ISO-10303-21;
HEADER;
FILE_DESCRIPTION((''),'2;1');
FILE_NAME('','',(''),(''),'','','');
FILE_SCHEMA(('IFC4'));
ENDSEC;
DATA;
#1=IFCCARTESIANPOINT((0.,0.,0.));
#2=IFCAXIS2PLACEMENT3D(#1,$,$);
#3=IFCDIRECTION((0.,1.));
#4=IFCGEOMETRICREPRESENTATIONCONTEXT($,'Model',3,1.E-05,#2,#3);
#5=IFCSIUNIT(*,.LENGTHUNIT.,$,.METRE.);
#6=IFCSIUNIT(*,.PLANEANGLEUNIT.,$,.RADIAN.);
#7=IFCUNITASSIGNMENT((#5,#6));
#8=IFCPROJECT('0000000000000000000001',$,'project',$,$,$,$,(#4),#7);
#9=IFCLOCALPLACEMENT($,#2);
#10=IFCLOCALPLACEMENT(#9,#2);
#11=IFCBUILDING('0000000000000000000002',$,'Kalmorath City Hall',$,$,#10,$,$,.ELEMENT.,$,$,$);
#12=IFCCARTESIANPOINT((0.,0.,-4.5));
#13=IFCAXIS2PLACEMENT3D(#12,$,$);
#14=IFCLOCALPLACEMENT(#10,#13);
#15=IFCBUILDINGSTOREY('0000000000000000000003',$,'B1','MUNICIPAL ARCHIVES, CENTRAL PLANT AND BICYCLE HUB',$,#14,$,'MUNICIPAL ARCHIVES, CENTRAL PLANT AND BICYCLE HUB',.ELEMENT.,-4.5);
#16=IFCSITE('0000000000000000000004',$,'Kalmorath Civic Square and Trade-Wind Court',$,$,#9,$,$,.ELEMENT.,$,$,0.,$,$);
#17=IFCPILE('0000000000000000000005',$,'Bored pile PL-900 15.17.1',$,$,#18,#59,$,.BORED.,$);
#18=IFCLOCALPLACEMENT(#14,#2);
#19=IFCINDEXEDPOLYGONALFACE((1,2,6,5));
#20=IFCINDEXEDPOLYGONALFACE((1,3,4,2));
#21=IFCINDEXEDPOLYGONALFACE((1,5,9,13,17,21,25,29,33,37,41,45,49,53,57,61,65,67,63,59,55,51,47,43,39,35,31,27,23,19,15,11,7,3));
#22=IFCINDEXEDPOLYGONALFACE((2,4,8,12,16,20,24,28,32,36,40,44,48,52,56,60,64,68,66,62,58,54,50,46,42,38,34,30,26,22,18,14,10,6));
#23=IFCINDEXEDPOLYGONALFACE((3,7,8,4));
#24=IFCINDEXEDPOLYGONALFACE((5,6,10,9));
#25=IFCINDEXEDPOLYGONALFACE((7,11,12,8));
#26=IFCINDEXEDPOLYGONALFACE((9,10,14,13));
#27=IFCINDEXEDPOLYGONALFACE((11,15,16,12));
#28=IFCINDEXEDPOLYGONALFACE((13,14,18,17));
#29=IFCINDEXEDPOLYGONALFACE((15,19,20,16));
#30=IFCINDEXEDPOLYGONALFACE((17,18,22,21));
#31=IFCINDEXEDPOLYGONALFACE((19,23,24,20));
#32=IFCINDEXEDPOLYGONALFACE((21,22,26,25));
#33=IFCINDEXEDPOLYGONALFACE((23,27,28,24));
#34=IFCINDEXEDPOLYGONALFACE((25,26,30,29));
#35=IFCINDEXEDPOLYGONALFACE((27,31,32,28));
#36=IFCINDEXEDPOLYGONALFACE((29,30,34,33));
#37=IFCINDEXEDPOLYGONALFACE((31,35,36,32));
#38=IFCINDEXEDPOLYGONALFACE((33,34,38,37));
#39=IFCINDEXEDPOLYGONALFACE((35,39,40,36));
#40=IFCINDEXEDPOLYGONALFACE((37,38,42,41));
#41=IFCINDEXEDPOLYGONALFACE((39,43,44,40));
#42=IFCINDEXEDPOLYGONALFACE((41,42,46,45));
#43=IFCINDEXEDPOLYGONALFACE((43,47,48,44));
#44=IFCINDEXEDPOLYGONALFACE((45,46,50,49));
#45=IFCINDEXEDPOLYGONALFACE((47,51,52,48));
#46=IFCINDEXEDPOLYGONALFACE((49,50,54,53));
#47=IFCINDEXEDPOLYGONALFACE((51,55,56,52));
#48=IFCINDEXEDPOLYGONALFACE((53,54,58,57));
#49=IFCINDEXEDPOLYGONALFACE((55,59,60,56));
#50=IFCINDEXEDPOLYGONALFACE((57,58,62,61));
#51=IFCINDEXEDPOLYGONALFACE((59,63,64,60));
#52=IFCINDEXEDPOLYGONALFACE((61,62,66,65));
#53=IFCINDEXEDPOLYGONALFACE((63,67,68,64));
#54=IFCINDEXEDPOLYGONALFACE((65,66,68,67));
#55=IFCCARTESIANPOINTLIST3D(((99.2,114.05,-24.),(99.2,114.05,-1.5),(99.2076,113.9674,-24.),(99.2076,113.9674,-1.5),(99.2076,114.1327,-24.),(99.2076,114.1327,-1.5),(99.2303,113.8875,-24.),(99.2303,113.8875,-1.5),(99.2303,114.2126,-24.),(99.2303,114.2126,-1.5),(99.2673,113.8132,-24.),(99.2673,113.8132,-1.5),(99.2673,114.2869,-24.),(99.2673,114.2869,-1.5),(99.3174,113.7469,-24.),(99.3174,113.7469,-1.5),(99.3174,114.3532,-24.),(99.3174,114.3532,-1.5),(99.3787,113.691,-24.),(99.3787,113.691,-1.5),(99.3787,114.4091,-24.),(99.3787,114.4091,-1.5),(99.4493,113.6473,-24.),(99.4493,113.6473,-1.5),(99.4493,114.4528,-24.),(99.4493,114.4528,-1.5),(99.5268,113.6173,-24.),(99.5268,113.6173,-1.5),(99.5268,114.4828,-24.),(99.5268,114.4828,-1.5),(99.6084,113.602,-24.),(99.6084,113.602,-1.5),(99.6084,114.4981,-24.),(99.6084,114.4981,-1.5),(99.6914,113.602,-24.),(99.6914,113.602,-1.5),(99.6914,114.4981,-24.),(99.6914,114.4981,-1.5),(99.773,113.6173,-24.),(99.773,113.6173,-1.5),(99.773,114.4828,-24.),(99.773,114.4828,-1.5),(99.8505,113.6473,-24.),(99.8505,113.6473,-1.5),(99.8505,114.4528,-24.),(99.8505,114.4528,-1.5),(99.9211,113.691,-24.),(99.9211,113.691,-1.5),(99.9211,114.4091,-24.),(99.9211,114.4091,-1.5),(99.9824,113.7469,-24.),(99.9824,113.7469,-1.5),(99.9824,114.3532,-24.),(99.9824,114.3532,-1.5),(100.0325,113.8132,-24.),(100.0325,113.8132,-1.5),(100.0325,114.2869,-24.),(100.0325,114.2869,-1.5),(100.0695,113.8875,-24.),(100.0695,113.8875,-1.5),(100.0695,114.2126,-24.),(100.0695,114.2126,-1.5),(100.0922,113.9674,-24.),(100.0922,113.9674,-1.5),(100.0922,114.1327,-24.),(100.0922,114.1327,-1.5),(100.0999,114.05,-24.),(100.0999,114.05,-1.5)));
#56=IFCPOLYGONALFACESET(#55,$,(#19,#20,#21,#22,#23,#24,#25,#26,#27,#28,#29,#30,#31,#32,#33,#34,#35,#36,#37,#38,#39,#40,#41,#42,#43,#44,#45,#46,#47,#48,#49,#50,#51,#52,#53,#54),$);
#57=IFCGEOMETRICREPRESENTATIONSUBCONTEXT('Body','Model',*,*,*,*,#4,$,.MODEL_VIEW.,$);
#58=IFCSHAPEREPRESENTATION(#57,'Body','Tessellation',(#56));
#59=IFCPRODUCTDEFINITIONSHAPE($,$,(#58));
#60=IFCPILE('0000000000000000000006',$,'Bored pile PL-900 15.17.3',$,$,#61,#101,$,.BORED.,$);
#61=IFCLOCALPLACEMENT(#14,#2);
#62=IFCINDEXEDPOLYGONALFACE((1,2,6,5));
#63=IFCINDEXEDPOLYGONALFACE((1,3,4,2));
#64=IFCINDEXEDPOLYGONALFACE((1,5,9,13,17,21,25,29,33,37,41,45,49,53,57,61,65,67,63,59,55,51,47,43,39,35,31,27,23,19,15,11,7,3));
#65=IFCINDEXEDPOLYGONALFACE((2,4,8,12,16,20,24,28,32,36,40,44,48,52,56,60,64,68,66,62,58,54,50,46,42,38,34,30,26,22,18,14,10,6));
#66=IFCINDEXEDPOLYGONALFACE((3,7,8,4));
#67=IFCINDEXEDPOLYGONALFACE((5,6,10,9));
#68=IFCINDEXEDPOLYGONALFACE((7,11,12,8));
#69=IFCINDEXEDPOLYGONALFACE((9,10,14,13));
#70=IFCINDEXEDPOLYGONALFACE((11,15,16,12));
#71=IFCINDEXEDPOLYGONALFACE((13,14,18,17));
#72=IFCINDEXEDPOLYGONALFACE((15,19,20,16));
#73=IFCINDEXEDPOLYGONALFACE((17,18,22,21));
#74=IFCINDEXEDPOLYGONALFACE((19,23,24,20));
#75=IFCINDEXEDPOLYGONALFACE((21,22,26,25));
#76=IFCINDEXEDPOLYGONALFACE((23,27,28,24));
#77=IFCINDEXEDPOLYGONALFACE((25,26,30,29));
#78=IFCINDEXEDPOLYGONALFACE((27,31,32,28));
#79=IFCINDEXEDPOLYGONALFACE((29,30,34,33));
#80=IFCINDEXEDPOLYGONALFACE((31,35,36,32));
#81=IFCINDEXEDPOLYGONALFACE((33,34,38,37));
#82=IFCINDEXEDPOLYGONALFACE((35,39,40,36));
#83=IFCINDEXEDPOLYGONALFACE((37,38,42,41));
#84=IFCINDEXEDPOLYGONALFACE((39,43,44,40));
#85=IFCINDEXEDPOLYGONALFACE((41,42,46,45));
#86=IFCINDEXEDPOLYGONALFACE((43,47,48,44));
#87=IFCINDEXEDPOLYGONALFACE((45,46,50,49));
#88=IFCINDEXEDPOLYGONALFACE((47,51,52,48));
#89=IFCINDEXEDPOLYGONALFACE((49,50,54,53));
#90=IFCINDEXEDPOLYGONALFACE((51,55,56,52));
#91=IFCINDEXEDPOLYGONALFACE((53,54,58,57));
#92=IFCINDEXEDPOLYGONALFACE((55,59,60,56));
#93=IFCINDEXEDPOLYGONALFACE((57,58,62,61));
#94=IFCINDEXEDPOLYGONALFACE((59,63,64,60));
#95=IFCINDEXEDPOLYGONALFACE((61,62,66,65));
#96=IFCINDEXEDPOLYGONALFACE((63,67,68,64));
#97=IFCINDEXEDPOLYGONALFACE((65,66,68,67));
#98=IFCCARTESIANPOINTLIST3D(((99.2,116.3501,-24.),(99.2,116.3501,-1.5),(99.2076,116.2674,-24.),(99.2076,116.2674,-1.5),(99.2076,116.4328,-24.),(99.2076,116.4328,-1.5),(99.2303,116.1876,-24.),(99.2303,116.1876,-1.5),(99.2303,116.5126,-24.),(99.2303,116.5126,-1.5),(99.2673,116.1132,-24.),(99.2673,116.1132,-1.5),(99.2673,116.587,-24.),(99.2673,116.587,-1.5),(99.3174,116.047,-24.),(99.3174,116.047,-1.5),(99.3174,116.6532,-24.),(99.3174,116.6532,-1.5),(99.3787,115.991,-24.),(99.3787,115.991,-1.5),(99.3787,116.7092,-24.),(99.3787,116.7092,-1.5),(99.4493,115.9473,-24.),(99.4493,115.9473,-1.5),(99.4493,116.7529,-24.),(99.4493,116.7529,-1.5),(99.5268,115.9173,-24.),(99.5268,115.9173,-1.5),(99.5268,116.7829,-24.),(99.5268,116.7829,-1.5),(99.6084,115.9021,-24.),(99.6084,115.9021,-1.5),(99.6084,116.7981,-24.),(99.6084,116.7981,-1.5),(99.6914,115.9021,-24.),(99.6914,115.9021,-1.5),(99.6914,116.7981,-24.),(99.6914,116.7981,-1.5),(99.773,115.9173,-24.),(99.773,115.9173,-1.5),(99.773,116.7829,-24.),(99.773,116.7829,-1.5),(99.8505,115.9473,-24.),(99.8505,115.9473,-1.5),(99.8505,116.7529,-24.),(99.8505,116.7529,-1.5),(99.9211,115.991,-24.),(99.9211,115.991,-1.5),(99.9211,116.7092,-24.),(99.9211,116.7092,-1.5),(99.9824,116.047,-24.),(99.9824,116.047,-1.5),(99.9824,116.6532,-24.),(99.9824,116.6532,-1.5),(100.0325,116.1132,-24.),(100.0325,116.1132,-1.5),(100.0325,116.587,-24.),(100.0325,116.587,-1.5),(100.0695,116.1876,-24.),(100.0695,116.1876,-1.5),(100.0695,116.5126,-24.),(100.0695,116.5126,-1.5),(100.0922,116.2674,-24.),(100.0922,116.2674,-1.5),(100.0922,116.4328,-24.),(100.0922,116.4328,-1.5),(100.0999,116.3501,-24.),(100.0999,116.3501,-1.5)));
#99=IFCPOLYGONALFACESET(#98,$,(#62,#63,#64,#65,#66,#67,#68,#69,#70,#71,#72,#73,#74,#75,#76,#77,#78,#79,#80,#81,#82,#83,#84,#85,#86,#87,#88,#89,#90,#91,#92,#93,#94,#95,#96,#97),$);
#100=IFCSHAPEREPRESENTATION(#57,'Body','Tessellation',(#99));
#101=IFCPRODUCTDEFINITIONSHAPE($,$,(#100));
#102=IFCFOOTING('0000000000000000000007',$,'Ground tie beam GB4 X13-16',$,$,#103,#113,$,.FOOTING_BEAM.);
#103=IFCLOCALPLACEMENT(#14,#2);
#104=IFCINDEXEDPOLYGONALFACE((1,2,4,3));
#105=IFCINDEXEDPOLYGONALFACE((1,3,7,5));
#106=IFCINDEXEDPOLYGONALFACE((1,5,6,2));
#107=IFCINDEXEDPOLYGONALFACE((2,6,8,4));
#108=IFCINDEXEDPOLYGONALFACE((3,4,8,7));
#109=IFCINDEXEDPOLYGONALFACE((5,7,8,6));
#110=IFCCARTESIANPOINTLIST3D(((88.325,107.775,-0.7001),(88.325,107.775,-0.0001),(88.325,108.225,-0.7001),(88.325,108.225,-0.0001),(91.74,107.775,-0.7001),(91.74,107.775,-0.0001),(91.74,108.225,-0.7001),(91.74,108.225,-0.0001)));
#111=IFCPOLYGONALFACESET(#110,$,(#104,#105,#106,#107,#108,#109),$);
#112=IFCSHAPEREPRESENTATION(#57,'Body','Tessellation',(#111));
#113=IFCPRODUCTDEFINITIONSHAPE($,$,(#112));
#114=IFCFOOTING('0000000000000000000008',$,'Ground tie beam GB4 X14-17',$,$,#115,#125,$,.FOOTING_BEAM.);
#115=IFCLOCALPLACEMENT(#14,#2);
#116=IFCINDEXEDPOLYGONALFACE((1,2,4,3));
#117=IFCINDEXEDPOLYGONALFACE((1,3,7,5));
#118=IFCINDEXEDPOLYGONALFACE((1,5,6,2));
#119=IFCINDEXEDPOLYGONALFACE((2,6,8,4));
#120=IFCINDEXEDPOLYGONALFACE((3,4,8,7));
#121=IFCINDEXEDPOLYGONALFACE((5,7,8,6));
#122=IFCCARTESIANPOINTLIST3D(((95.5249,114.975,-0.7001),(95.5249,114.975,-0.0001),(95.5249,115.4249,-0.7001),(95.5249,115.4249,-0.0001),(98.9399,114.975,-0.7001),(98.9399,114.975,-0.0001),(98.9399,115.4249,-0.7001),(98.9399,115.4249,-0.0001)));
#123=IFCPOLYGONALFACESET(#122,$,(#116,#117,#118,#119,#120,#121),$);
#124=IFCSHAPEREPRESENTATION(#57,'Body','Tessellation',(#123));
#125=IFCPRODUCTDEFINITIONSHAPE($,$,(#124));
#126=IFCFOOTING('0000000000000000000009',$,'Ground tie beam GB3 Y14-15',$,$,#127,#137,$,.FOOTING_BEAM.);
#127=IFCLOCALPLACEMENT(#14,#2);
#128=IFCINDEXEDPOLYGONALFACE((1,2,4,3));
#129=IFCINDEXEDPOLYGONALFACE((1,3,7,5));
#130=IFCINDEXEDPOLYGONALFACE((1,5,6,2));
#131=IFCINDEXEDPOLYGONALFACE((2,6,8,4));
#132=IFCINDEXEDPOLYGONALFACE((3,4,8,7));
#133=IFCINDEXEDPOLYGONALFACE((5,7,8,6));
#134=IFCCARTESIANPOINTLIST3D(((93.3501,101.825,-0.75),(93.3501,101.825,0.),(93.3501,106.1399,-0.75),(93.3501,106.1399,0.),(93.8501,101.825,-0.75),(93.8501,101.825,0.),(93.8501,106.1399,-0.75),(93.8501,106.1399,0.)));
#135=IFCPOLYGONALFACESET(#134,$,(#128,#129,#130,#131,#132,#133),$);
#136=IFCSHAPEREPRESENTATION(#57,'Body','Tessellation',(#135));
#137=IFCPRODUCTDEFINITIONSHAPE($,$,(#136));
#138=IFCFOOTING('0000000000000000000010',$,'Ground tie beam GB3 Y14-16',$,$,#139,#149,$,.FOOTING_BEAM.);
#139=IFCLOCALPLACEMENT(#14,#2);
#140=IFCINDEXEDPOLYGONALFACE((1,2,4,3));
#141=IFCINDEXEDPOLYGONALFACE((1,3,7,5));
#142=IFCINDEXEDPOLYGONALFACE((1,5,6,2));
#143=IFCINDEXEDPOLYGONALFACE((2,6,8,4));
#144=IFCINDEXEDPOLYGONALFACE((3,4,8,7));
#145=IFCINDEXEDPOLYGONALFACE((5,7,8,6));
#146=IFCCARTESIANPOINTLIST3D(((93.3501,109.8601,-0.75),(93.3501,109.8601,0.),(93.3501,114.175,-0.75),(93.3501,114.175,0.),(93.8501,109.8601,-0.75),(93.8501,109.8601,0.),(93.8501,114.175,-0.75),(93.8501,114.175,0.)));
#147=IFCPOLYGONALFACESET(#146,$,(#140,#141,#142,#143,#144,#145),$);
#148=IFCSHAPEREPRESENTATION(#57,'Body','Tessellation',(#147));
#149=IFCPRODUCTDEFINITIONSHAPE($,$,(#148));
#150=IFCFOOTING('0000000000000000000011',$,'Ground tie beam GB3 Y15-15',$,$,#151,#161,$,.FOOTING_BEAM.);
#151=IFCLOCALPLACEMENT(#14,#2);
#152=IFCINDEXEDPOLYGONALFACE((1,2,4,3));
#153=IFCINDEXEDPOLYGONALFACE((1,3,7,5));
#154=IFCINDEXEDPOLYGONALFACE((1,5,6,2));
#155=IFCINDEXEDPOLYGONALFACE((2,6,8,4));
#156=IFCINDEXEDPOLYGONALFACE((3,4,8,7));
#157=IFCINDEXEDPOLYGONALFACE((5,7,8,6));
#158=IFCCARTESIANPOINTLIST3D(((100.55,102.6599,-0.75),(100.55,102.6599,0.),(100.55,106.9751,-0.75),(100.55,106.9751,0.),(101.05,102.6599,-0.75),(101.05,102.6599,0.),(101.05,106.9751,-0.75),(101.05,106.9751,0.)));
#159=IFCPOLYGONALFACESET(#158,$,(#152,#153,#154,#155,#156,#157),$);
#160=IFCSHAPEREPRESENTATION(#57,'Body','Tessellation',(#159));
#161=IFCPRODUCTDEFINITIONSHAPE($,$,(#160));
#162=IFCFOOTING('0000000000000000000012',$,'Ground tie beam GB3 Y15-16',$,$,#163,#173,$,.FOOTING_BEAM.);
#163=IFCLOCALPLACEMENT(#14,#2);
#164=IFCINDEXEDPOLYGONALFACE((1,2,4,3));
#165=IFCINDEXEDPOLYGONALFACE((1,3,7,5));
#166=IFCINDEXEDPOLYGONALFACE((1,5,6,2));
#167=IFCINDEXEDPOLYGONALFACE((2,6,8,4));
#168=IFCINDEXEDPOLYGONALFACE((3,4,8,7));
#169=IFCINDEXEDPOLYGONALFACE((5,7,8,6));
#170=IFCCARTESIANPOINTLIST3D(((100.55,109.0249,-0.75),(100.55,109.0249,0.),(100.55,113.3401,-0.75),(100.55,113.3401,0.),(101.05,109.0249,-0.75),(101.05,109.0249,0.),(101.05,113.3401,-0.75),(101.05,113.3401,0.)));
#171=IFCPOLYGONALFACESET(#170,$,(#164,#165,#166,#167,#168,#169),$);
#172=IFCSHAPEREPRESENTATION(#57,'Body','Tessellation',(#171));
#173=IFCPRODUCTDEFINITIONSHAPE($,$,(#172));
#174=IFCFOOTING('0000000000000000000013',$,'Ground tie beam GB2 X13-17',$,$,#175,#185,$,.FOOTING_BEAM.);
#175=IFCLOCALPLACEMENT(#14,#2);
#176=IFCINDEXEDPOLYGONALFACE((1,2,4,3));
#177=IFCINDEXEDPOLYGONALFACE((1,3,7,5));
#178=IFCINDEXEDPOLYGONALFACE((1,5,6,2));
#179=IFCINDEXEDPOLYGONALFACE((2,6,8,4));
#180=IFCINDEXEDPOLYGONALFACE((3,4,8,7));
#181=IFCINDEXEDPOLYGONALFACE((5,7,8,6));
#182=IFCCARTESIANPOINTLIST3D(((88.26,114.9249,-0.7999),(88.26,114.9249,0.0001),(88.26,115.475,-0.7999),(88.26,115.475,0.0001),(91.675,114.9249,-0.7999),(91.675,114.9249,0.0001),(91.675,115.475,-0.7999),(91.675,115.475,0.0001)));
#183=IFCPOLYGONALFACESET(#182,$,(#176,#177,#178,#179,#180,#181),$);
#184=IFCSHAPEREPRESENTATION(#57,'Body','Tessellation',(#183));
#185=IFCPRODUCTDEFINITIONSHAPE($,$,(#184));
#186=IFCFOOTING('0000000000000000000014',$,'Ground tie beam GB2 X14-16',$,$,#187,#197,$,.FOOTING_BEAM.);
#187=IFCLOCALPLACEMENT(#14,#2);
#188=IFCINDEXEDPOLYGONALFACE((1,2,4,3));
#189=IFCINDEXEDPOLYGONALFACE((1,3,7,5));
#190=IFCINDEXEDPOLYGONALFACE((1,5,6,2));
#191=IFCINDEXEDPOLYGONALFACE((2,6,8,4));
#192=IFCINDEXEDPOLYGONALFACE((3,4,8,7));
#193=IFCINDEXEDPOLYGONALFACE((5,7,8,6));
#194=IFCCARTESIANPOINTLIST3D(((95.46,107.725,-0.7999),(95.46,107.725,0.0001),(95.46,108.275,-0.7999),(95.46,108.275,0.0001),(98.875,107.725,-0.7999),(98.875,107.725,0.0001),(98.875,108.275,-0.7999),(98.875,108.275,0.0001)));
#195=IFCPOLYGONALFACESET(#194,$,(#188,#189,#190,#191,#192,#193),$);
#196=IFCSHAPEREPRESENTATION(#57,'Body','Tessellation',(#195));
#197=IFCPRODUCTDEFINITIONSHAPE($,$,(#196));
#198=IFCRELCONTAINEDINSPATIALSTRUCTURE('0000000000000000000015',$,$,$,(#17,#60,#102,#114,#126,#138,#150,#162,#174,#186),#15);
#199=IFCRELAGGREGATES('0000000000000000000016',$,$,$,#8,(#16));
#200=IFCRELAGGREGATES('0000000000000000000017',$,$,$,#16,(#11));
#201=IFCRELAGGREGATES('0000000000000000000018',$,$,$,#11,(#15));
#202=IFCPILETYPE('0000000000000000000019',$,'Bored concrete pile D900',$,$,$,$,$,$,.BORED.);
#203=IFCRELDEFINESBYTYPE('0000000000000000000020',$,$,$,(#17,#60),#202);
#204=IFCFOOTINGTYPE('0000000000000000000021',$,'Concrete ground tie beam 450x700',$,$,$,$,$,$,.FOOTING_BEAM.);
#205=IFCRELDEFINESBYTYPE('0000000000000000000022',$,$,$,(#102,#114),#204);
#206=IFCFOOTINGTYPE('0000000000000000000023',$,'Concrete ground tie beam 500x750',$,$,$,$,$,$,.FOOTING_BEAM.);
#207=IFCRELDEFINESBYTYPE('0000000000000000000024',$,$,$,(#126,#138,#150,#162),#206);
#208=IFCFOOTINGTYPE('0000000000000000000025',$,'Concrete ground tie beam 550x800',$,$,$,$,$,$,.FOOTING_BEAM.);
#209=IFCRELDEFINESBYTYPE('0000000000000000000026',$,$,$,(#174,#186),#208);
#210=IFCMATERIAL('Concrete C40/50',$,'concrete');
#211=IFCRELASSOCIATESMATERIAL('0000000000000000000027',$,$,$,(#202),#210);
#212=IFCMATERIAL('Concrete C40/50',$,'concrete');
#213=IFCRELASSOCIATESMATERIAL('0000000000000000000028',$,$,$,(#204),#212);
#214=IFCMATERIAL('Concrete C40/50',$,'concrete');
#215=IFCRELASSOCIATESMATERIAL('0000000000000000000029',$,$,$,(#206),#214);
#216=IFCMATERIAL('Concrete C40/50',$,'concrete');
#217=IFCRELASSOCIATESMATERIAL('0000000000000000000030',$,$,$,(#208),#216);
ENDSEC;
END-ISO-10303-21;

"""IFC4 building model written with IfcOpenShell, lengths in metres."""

from ifc_helpers import new_model, si_unit, direction, frame, origin, origin_2d, place, context, subcontext, project, spatial, rectangle, circle, extrude, material, material_profile, profile_set, type_object, element, save


model = new_model("IFC4")

# Units and contexts
model_context = context("Model", 3, precision=1e-05, world=origin(), true_north=direction((0.0, 1.0)))
body_context = subcontext(model_context, "Body", "Model", "MODEL_VIEW")
ifc_project = project(units=[si_unit("LENGTHUNIT", "METRE"), si_unit("PLANEANGLEUNIT", "RADIAN")], contexts=[model_context])

# Site, building, storey
site_placement = place(None, origin())
site = spatial("IfcSite", under=ifc_project, at=site_placement, Name="Kalmorath Civic Square and Trade-Wind Court", CompositionType="ELEMENT", RefElevation=0.0)
building_placement = place(site_placement, origin())
building = spatial("IfcBuilding", under=site, at=building_placement, Name="Kalmorath City Hall", CompositionType="ELEMENT")
storey_placement = place(building_placement, frame((0.0, 0.0, -4.5)))
storey = spatial("IfcBuildingStorey", under=building, at=storey_placement, Name="B1", Description="MUNICIPAL ARCHIVES, CENTRAL PLANT AND BICYCLE HUB", LongName="MUNICIPAL ARCHIVES, CENTRAL PLANT AND BICYCLE HUB", CompositionType="ELEMENT", Elevation=-4.5)

# Piles
ifc_material_1 = material(Name="Concrete C40/50", Category="concrete")
ifc_material_profile_1 = material_profile(ifc_material_1, circle(Radius=0.45, at=origin_2d()), Name="PILE-D900")
ifc_profile_set_1 = profile_set([ifc_material_profile_1], Name="Concrete C40/50")
pile_type = type_object("IfcPileType", Name="Bored concrete pile D900", PredefinedType="BORED", material=ifc_profile_set_1)
for number, where, z_axis, x_axis, name in (
    (1, (99.6499, 114.05, -1.5), (0.0, 0.0, -1.0), (1.0, 0.0, 0.0), "Bored pile PL-900 15.17.1"),
    (2, (99.6499, 116.3501, -1.5), (0.0, 0.0, -1.0), (1.0, 0.0, 0.0), "Bored pile PL-900 15.17.3"),
):
    element("IfcPile", number, at=place(storey_placement, frame(where, z_axis=z_axis, x_axis=x_axis)), inside=storey, type_object=pile_type, Name=name, PredefinedType="BORED", context=body_context, shape_type="SweptSolid", body=[
        extrude(circle(Radius=0.45, at=origin_2d()), origin(), (0.0, 0.0, 1.0), 22.5),
    ])

# Footings
ifc_material_2 = material(Name="Concrete C40/50", Category="concrete")
ifc_material_profile_2 = material_profile(ifc_material_2, rectangle(XDim=0.45, YDim=0.7, at=origin_2d()), Name="RC-BM-450X700")
ifc_profile_set_2 = profile_set([ifc_material_profile_2], Name="Concrete C40/50")
footing_type_1 = type_object("IfcFootingType", Name="Concrete ground tie beam 450x700", PredefinedType="FOOTING_BEAM", material=ifc_profile_set_2)
for number, where, z_axis, x_axis, name in (
    (3, (88.325, 108.0, -0.3501), (1.0, 0.0, 0.0), (0.0, 1.0, 0.0), "Ground tie beam GB4 X13-16"),
    (4, (95.5249, 115.2, -0.3501), (1.0, 0.0, 0.0), (0.0, 1.0, 0.0), "Ground tie beam GB4 X14-17"),
):
    element("IfcFooting", number, at=place(storey_placement, frame(where, z_axis=z_axis, x_axis=x_axis)), inside=storey, type_object=footing_type_1, Name=name, PredefinedType="FOOTING_BEAM", context=body_context, shape_type="SweptSolid", body=[
        extrude(rectangle(XDim=0.45, YDim=0.7, at=origin_2d()), origin(), (0.0, 0.0, 1.0), 3.415),
    ])
ifc_material_3 = material(Name="Concrete C40/50", Category="concrete")
ifc_material_profile_3 = material_profile(ifc_material_3, rectangle(XDim=0.5, YDim=0.75, at=origin_2d()), Name="RC-BM-500X750")
ifc_profile_set_3 = profile_set([ifc_material_profile_3], Name="Concrete C40/50")
footing_type_2 = type_object("IfcFootingType", Name="Concrete ground tie beam 500x750", PredefinedType="FOOTING_BEAM", material=ifc_profile_set_3)
for number, where, z_axis, x_axis, name in (
    (5, (93.6001, 101.825, -0.375), (0.0, 1.0, 0.0), (-1.0, 0.0, 0.0), "Ground tie beam GB3 Y14-15"),
    (6, (93.6001, 109.8601, -0.375), (0.0, 1.0, 0.0), (-1.0, 0.0, 0.0), "Ground tie beam GB3 Y14-16"),
):
    element("IfcFooting", number, at=place(storey_placement, frame(where, z_axis=z_axis, x_axis=x_axis)), inside=storey, type_object=footing_type_2, Name=name, PredefinedType="FOOTING_BEAM", context=body_context, shape_type="SweptSolid", body=[
        extrude(rectangle(XDim=0.5, YDim=0.75, at=origin_2d()), origin(), (0.0, 0.0, 1.0), 4.3149),
    ])
for number, where, z_axis, x_axis, name in (
    (7, (100.8, 102.6599, -0.375), (0.0, 1.0, 0.0), (-1.0, 0.0, 0.0), "Ground tie beam GB3 Y15-15"),
    (8, (100.8, 109.0249, -0.375), (0.0, 1.0, 0.0), (-1.0, 0.0, 0.0), "Ground tie beam GB3 Y15-16"),
):
    element("IfcFooting", number, at=place(storey_placement, frame(where, z_axis=z_axis, x_axis=x_axis)), inside=storey, type_object=footing_type_2, Name=name, PredefinedType="FOOTING_BEAM", context=body_context, shape_type="SweptSolid", body=[
        extrude(rectangle(XDim=0.5, YDim=0.75, at=origin_2d()), origin(), (0.0, 0.0, 1.0), 4.3152),
    ])
ifc_material_4 = material(Name="Concrete C40/50", Category="concrete")
ifc_material_profile_4 = material_profile(ifc_material_4, rectangle(XDim=0.55, YDim=0.8, at=origin_2d()), Name="RC-BM-550X800")
ifc_profile_set_4 = profile_set([ifc_material_profile_4], Name="Concrete C40/50")
footing_type_3 = type_object("IfcFootingType", Name="Concrete ground tie beam 550x800", PredefinedType="FOOTING_BEAM", material=ifc_profile_set_4)
for number, where, z_axis, x_axis, name in (
    (9, (88.26, 115.2, -0.3999), (1.0, 0.0, 0.0), (0.0, 1.0, 0.0), "Ground tie beam GB2 X13-17"),
    (10, (95.46, 108.0, -0.3999), (1.0, 0.0, 0.0), (0.0, 1.0, 0.0), "Ground tie beam GB2 X14-16"),
):
    element("IfcFooting", number, at=place(storey_placement, frame(where, z_axis=z_axis, x_axis=x_axis)), inside=storey, type_object=footing_type_3, Name=name, PredefinedType="FOOTING_BEAM", context=body_context, shape_type="SweptSolid", body=[
        extrude(rectangle(XDim=0.55, YDim=0.8, at=origin_2d()), origin(), (0.0, 0.0, 1.0), 3.415),
    ])

save(model, "model.ifc")
